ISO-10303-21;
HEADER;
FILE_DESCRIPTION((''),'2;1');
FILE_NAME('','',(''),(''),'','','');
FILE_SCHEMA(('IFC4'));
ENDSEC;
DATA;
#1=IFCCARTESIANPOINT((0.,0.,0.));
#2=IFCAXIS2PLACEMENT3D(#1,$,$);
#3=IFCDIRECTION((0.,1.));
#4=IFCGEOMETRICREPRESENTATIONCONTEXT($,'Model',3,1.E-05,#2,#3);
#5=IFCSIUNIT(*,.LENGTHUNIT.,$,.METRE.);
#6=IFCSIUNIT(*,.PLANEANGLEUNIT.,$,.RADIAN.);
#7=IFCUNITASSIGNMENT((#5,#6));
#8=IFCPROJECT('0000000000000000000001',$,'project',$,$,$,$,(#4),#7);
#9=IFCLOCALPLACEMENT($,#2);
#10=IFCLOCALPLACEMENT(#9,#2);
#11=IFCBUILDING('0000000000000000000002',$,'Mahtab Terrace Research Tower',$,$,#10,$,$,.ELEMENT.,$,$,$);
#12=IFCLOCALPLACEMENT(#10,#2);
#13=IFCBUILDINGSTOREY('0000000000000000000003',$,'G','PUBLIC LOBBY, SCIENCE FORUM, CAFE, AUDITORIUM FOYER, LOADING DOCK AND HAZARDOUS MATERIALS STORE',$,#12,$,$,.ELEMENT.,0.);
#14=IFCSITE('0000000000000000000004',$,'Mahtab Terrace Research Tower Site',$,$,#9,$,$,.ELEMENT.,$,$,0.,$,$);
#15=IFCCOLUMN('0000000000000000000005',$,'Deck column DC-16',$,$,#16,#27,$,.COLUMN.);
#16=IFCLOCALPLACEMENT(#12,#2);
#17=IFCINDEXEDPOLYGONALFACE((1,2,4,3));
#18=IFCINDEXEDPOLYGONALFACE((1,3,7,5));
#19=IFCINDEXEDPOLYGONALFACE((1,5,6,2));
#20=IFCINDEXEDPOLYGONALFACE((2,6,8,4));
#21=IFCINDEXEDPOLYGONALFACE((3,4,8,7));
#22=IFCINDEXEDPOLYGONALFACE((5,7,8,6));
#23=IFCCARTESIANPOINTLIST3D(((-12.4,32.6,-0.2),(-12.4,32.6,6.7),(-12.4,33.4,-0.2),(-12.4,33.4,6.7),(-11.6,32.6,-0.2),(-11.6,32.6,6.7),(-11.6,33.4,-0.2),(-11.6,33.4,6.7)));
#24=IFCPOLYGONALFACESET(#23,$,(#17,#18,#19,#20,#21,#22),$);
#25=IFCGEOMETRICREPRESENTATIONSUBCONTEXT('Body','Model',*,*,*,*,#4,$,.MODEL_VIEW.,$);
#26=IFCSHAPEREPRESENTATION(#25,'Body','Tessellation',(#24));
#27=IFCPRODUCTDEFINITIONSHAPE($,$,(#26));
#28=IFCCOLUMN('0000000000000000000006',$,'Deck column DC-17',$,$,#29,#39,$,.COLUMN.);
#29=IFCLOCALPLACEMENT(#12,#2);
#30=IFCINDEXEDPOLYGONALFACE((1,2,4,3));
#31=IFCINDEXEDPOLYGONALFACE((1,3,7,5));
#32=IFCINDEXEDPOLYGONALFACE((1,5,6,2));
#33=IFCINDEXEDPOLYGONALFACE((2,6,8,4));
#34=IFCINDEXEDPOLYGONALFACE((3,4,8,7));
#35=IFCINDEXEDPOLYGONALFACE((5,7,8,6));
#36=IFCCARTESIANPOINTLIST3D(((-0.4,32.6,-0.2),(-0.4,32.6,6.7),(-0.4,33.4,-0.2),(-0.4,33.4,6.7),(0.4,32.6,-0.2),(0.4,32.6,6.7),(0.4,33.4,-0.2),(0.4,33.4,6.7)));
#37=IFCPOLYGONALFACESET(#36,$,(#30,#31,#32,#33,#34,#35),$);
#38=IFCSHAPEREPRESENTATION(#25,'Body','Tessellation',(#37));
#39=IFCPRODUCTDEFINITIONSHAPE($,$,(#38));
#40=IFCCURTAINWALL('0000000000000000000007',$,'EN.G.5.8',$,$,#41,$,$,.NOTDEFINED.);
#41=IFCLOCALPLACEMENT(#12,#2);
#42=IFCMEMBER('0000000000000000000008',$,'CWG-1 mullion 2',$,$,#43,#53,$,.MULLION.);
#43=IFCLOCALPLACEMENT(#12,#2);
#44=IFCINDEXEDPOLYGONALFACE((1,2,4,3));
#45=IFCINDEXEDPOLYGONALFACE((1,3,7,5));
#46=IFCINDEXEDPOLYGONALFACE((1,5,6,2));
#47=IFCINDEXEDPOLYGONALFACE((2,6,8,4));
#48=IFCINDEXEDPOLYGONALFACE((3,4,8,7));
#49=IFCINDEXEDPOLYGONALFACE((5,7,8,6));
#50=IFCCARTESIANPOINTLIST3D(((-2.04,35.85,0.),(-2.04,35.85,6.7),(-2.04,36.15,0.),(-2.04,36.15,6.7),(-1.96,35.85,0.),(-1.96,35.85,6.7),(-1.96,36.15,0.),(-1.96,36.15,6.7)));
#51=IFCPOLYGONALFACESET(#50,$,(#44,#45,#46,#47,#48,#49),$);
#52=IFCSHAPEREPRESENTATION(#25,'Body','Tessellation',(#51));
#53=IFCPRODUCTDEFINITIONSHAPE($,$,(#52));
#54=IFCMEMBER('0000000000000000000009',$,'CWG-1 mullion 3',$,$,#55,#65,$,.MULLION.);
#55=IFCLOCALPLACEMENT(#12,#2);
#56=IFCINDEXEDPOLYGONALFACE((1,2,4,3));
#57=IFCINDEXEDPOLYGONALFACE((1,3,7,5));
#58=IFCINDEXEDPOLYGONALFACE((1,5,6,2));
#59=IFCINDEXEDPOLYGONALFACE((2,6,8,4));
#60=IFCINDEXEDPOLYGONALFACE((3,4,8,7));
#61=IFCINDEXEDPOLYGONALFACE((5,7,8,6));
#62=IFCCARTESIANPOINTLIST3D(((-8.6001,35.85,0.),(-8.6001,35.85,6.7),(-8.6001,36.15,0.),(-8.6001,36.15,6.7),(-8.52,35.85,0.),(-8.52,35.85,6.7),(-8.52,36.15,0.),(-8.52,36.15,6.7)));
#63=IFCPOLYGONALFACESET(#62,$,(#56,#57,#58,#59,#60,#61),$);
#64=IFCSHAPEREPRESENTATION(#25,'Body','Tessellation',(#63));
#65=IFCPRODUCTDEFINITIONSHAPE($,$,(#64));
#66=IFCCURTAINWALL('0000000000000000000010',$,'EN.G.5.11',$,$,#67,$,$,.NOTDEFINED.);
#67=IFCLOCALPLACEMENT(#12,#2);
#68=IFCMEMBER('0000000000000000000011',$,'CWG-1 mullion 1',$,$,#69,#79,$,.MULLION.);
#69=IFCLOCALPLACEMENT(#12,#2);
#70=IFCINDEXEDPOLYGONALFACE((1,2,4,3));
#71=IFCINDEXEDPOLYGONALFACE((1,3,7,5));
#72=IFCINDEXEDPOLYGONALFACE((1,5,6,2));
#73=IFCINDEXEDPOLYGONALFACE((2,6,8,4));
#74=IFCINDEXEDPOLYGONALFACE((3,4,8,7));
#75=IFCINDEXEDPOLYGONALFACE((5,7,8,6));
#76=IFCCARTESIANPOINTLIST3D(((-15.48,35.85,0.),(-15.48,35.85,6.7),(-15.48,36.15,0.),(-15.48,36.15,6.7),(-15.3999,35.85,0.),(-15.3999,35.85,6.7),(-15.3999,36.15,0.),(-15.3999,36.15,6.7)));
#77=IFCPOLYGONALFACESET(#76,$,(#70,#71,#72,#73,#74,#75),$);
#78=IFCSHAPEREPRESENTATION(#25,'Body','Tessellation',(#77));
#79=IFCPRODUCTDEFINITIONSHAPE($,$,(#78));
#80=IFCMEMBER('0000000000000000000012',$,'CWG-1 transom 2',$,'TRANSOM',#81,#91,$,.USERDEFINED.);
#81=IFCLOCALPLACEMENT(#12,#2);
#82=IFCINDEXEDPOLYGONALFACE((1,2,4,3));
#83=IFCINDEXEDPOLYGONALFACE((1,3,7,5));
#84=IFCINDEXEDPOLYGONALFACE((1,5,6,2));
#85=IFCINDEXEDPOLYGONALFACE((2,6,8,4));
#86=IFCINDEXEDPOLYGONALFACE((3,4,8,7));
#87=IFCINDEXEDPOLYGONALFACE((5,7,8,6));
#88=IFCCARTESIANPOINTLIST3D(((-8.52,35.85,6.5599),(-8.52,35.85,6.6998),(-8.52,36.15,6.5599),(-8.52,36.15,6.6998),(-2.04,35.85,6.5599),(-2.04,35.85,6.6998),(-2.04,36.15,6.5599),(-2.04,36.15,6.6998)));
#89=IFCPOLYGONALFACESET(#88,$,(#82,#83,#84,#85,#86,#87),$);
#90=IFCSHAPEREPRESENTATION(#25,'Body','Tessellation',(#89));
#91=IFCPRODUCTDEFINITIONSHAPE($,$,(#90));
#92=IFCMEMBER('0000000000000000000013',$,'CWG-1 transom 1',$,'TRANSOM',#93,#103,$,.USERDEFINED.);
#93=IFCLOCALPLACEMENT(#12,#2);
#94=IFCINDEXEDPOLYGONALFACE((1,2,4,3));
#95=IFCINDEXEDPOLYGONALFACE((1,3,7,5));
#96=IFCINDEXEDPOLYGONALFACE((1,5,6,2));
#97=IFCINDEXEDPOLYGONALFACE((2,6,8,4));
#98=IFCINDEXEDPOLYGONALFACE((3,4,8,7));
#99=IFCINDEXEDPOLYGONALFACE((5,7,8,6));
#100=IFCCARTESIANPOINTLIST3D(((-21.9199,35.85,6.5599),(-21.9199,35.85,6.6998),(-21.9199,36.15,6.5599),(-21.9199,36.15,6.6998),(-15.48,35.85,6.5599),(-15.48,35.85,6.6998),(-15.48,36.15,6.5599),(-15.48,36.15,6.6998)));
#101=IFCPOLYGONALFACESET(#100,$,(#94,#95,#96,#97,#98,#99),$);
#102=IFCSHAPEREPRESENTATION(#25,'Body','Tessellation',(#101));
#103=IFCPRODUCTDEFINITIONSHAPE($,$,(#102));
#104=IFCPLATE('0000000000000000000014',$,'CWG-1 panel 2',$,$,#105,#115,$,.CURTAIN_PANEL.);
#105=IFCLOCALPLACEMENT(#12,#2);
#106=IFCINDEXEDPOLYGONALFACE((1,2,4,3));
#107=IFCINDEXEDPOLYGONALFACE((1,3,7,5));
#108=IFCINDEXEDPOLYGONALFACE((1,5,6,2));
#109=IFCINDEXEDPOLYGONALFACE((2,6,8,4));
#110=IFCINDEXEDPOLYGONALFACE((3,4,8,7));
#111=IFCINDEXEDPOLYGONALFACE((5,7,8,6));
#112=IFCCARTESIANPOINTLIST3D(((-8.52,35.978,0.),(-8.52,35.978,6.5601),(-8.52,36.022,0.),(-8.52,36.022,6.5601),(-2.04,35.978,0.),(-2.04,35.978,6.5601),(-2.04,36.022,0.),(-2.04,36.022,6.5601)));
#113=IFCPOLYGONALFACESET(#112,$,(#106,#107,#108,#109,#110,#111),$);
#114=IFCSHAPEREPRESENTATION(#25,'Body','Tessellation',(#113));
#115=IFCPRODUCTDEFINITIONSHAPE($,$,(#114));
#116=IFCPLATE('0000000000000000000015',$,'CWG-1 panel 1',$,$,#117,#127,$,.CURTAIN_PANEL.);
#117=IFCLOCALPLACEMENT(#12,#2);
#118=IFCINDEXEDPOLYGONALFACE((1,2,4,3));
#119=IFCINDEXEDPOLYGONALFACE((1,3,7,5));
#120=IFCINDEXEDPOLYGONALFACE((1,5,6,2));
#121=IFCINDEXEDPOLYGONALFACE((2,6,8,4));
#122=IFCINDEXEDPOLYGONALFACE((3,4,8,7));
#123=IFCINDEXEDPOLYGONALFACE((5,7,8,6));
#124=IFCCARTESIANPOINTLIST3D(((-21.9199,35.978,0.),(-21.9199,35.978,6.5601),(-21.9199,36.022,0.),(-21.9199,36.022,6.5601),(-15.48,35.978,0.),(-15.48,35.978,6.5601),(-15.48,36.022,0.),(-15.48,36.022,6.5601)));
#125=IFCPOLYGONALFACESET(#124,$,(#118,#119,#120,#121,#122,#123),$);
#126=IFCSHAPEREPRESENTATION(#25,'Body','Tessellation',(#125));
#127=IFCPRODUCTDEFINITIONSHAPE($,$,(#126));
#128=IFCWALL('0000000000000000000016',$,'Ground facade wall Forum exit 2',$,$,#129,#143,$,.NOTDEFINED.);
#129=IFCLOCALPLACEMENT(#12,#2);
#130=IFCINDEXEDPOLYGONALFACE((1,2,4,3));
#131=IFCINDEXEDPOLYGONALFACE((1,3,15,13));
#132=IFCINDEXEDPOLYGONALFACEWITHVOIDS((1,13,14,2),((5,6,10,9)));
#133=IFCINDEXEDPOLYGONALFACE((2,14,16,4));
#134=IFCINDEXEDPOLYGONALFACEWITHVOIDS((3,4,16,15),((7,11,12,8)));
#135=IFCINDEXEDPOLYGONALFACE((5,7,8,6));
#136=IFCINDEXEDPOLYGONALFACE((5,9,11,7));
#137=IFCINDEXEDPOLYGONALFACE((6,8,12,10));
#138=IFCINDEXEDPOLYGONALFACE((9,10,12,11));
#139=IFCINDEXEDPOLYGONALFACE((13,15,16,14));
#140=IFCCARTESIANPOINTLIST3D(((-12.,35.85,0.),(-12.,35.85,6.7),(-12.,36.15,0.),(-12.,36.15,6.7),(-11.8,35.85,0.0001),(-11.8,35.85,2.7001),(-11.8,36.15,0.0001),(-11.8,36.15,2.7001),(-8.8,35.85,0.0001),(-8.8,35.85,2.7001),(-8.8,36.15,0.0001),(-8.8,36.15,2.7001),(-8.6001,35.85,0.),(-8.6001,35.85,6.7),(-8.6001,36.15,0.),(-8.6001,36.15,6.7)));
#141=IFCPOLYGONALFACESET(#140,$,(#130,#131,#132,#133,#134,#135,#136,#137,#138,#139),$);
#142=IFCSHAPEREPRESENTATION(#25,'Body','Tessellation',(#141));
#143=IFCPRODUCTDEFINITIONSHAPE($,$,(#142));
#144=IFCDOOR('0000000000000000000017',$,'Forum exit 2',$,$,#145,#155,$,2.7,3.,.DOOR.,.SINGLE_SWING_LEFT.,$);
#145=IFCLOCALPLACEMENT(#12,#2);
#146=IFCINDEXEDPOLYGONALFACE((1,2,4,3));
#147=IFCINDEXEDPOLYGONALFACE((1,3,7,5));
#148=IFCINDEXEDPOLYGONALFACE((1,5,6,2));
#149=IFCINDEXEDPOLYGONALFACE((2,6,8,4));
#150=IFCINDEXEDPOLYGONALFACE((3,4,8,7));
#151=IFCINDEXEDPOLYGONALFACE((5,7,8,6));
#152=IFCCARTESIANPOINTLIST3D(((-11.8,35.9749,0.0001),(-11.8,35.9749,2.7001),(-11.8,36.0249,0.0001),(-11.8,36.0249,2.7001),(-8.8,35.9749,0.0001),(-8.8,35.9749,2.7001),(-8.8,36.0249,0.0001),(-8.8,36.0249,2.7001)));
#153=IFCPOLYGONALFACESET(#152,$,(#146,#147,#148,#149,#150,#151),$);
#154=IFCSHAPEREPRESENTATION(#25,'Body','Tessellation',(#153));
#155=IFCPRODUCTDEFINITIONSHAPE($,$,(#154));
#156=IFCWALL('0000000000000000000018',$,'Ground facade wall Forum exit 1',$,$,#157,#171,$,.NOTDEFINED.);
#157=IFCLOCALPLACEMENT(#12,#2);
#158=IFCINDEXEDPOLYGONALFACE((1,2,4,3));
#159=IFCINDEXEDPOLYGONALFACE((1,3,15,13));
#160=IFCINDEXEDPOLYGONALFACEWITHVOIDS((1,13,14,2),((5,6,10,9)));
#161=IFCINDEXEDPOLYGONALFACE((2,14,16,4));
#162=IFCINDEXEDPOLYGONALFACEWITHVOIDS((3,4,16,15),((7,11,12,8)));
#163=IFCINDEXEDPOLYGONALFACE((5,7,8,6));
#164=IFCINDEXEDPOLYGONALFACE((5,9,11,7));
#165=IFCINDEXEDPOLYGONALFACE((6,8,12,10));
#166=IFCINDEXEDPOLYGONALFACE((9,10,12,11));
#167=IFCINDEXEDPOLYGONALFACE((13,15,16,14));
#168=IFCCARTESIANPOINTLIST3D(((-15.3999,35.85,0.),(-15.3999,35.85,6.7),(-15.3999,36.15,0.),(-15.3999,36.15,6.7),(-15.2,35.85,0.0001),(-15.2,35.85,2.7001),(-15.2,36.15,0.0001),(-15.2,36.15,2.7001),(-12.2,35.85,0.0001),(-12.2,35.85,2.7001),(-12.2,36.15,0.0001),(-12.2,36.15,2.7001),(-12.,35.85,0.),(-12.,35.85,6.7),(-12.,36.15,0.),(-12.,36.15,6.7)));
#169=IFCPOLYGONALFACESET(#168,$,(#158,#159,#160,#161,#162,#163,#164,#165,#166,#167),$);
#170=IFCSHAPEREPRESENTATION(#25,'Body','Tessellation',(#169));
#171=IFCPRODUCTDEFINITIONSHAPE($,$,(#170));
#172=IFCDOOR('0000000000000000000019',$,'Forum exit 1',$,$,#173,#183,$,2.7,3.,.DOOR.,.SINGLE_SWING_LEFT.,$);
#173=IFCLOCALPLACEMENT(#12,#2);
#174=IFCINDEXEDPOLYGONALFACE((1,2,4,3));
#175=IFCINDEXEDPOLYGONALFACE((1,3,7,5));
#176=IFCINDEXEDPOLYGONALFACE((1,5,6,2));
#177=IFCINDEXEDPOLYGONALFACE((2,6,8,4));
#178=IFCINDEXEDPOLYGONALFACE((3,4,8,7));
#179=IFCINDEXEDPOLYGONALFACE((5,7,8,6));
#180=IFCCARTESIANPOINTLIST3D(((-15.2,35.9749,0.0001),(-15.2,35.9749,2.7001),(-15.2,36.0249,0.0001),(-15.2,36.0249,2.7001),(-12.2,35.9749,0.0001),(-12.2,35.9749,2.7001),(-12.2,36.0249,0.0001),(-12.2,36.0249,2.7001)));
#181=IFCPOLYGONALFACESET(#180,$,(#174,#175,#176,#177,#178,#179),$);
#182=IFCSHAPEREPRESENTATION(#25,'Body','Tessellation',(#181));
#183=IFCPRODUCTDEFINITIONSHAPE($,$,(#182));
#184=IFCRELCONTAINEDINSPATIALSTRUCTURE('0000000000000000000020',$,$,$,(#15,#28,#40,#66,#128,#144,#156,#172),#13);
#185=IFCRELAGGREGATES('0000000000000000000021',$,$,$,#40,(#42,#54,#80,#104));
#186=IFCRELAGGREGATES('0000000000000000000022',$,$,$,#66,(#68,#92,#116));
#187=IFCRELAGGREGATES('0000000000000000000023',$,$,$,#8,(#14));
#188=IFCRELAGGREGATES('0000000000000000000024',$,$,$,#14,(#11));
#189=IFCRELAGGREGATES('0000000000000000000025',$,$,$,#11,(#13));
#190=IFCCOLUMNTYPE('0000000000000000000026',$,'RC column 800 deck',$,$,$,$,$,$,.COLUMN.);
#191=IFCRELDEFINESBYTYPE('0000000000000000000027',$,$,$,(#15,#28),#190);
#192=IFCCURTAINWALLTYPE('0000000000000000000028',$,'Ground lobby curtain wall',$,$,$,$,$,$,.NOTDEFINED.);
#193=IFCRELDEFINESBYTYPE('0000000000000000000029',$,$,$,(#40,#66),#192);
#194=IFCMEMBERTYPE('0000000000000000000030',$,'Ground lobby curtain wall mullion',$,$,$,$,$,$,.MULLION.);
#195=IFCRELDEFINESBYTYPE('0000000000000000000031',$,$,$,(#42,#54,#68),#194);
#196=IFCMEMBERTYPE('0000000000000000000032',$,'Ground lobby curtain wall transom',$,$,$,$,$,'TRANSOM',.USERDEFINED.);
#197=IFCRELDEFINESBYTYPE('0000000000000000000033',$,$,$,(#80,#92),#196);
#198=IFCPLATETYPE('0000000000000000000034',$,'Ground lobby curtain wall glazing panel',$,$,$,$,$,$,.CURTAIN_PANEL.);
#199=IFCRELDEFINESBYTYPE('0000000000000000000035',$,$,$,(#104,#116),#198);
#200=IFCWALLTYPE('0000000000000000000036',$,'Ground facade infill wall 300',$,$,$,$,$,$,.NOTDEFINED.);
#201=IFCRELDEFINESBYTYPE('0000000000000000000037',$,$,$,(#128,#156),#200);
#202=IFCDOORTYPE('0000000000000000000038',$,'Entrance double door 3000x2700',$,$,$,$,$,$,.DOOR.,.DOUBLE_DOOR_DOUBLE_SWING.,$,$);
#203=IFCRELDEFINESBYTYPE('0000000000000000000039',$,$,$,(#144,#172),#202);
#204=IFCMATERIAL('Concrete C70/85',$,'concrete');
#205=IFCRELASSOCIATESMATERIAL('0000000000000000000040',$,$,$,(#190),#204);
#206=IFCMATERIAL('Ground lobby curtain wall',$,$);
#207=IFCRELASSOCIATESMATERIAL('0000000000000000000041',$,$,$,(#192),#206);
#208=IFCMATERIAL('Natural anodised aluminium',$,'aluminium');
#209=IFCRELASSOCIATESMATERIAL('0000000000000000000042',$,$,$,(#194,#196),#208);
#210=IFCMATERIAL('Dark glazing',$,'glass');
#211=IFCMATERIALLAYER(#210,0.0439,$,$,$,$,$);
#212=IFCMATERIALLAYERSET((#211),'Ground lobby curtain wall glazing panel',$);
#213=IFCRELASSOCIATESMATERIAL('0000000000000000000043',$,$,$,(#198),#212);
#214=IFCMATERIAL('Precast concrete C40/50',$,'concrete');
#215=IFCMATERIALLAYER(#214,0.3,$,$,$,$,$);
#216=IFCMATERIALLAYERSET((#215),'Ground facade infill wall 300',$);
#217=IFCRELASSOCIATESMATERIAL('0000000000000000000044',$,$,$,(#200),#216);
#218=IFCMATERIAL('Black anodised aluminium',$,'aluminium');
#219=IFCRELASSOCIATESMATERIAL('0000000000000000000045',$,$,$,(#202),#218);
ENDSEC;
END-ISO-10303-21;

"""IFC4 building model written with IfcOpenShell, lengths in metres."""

from ifc_helpers import new_model, si_unit, direction, frame, frame_2d, origin, origin_2d, place, context, subcontext, project, spatial, rectangle, extrude, material, layer, layer_set, material_profile, profile_set, type_object, element, fill, aggregate, save


model = new_model("IFC4")

# Units and contexts
model_context = context("Model", 3, precision=1e-05, world=origin(), true_north=direction((0.0, 1.0)))
body_context = subcontext(model_context, "Body", "Model", "MODEL_VIEW")
ifc_project = project(units=[si_unit("LENGTHUNIT", "METRE"), si_unit("PLANEANGLEUNIT", "RADIAN")], contexts=[model_context])

# Site, building, storey
site_placement = place(None, origin())
site = spatial("IfcSite", under=ifc_project, at=site_placement, Name="Mahtab Terrace Research Tower Site", CompositionType="ELEMENT", RefElevation=0.0)
building_placement = place(site_placement, origin())
building = spatial("IfcBuilding", under=site, at=building_placement, Name="Mahtab Terrace Research Tower", CompositionType="ELEMENT")
storey_placement = place(building_placement, origin())
storey = spatial("IfcBuildingStorey", under=building, at=storey_placement, Name="G", Description="PUBLIC LOBBY, SCIENCE FORUM, CAFE, AUDITORIUM FOYER, LOADING DOCK AND HAZARDOUS MATERIALS STORE", CompositionType="ELEMENT", Elevation=0.0)

# Columns
ifc_material_1 = material(Name="Concrete C70/85", Category="concrete")
ifc_material_profile_1 = material_profile(ifc_material_1, rectangle(XDim=0.8, YDim=0.8, at=origin_2d()), Name="RC column 800 deck")
ifc_profile_set_1 = profile_set([ifc_material_profile_1], Name="Concrete C70/85")
column_type = type_object("IfcColumnType", Name="RC column 800 deck", PredefinedType="COLUMN", material=ifc_profile_set_1)
for number, where, z_axis, x_axis, name in (
    (1, (-12.0, 33.0, -0.2), (0.0, 0.0, 1.0), (1.0, 0.0, 0.0), "Deck column DC-16"),
    (2, (0.0, 33.0, -0.2), (0.0, 0.0, 1.0), (1.0, 0.0, 0.0), "Deck column DC-17"),
):
    element("IfcColumn", number, at=place(storey_placement, frame(where, z_axis=z_axis, x_axis=x_axis)), inside=storey, type_object=column_type, Name=name, PredefinedType="COLUMN", context=body_context, shape_type="SweptSolid", body=[
        extrude(rectangle(XDim=0.8, YDim=0.8, at=origin_2d()), origin(), (0.0, 0.0, 1.0), 6.8999),
    ])

# Curtain wall, members
ifc_material_2 = material(Name="Ground lobby curtain wall")
curtain_wall_type = type_object("IfcCurtainWallType", Name="Ground lobby curtain wall", PredefinedType="NOTDEFINED", material=ifc_material_2)
curtain_wall_1_placement = place(storey_placement, origin())
curtain_wall_1 = element("IfcCurtainWall", 3, at=curtain_wall_1_placement, inside=storey, type_object=curtain_wall_type, Name="EN.G.5.8", PredefinedType="NOTDEFINED")
ifc_material_3 = material(Name="Natural anodised aluminium", Category="aluminium")
ifc_material_profile_2 = material_profile(ifc_material_3, rectangle(XDim=0.3, YDim=0.0801, at=origin_2d()), Name="MULLION 80x300")
ifc_profile_set_2 = profile_set([ifc_material_profile_2], Name="Natural anodised aluminium")
member_type_1 = type_object("IfcMemberType", Name="Ground lobby curtain wall mullion", PredefinedType="MULLION", material=ifc_profile_set_2)
member_1_placement = place(storey_placement, frame((-2.0, 36.0, 0.0), z_axis=(0.0, 0.0, 1.0), x_axis=(0.0, -1.0, 0.0)))
member_1 = element("IfcMember", 4, at=member_1_placement, type_object=member_type_1, Name="CWG-1 mullion 2", PredefinedType="MULLION", context=body_context, shape_type="SweptSolid", body=[
    extrude(rectangle(XDim=0.3, YDim=0.0801, at=origin_2d()), origin(), (0.0, 0.0, 1.0), 6.7),
])
member_2_placement = place(storey_placement, frame((-8.5601, 36.0, 0.0), z_axis=(0.0, 0.0, 1.0), x_axis=(0.0, -1.0, 0.0)))
member_2 = element("IfcMember", 5, at=member_2_placement, type_object=member_type_1, Name="CWG-1 mullion 3", PredefinedType="MULLION", context=body_context, shape_type="SweptSolid", body=[
    extrude(rectangle(XDim=0.3, YDim=0.0801, at=origin_2d()), origin(), (0.0, 0.0, 1.0), 6.7),
])

# Curtain wall, member
curtain_wall_2_placement = place(storey_placement, origin())
curtain_wall_2 = element("IfcCurtainWall", 6, at=curtain_wall_2_placement, inside=storey, type_object=curtain_wall_type, Name="EN.G.5.11", PredefinedType="NOTDEFINED")
member_3_placement = place(storey_placement, frame((-15.4399, 36.0, 0.0), z_axis=(0.0, 0.0, 1.0), x_axis=(0.0, -1.0, 0.0)))
member_3 = element("IfcMember", 7, at=member_3_placement, type_object=member_type_1, Name="CWG-1 mullion 1", PredefinedType="MULLION", context=body_context, shape_type="SweptSolid", body=[
    extrude(rectangle(XDim=0.3, YDim=0.0801, at=origin_2d()), origin(), (0.0, 0.0, 1.0), 6.7),
])

# Members
ifc_material_profile_3 = material_profile(ifc_material_3, rectangle(XDim=0.3, YDim=0.1399, at=origin_2d()), Name="TRANSOM 140x300")
ifc_profile_set_3 = profile_set([ifc_material_profile_3], Name="Natural anodised aluminium")
member_type_2 = type_object("IfcMemberType", Name="Ground lobby curtain wall transom", ElementType="TRANSOM", PredefinedType="USERDEFINED", material=ifc_profile_set_3)
member_4_placement = place(storey_placement, frame((-2.04, 36.0, 6.6299), z_axis=(-1.0, 0.0, 0.0), x_axis=(0.0, -1.0, 0.0)))
member_4 = element("IfcMember", 8, at=member_4_placement, type_object=member_type_2, Name="CWG-1 transom 2", ObjectType="TRANSOM", PredefinedType="USERDEFINED", context=body_context, shape_type="SweptSolid", body=[
    extrude(rectangle(XDim=0.3, YDim=0.1399, at=origin_2d()), origin(), (0.0, 0.0, 1.0), 6.48),
])
member_5_placement = place(storey_placement, frame((-15.48, 36.0, 6.6299), z_axis=(-1.0, 0.0, 0.0), x_axis=(0.0, -1.0, 0.0)))
member_5 = element("IfcMember", 9, at=member_5_placement, type_object=member_type_2, Name="CWG-1 transom 1", ObjectType="TRANSOM", PredefinedType="USERDEFINED", context=body_context, shape_type="SweptSolid", body=[
    extrude(rectangle(XDim=0.3, YDim=0.1399, at=origin_2d()), origin(), (0.0, 0.0, 1.0), 6.4399),
])

# Plates
ifc_material_4 = material(Name="Dark glazing", Category="glass")
ifc_layer_1 = layer(ifc_material_4, 0.0439)
ifc_layer_set_1 = layer_set([ifc_layer_1], Name="Ground lobby curtain wall glazing panel")
plate_type = type_object("IfcPlateType", Name="Ground lobby curtain wall glazing panel", PredefinedType="CURTAIN_PANEL", material=ifc_layer_set_1)
plate_1_placement = place(storey_placement, frame((-5.28, 36.0, 0.0), z_axis=(0.0, 0.0, 1.0), x_axis=(-1.0, 0.0, 0.0)))
plate_1 = element("IfcPlate", 10, at=plate_1_placement, type_object=plate_type, Name="CWG-1 panel 2", PredefinedType="CURTAIN_PANEL", context=body_context, shape_type="SweptSolid", body=[
    extrude(rectangle(XDim=6.48, YDim=0.0439, at=origin_2d()), origin(), (0.0, 0.0, 1.0), 6.5601),
])
aggregate(curtain_wall_1, [member_1, member_2, member_4, plate_1])
plate_2_placement = place(storey_placement, frame((-18.7, 36.0, 0.0), z_axis=(0.0, 0.0, 1.0), x_axis=(-1.0, 0.0, 0.0)))
plate_2 = element("IfcPlate", 11, at=plate_2_placement, type_object=plate_type, Name="CWG-1 panel 1", PredefinedType="CURTAIN_PANEL", context=body_context, shape_type="SweptSolid", body=[
    extrude(rectangle(XDim=6.4399, YDim=0.0439, at=origin_2d()), origin(), (0.0, 0.0, 1.0), 6.5601),
])
aggregate(curtain_wall_2, [member_3, member_5, plate_2])

# Walls, openings, doors
ifc_material_5 = material(Name="Precast concrete C40/50", Category="concrete")
ifc_layer_2 = layer(ifc_material_5, 0.3)
ifc_layer_set_2 = layer_set([ifc_layer_2], Name="Ground facade infill wall 300")
wall_type = type_object("IfcWallType", Name="Ground facade infill wall 300", PredefinedType="NOTDEFINED", material=ifc_layer_set_2)
wall_1_placement = place(storey_placement, frame((-12.0, 36.0, 0.0), z_axis=(0.0, 0.0, 1.0), x_axis=(1.0, 0.0, 0.0)))
wall_1 = element("IfcWall", 12, at=wall_1_placement, inside=storey, type_object=wall_type, Name="Ground facade wall Forum exit 2", PredefinedType="NOTDEFINED", context=body_context, shape_type="SweptSolid", body=[
    extrude(rectangle(XDim=3.3999, YDim=0.3, at=frame_2d((1.7, 0.0))), origin(), (0.0, 0.0, 1.0), 6.7),
])
opening_1_placement = place(wall_1_placement, frame((0.2, 0.0, 0.0)))
opening_1 = element("IfcOpeningElement", 13, at=opening_1_placement, cuts=wall_1, PredefinedType="OPENING", context=body_context, shape_type="SweptSolid", body=[
    extrude(rectangle(XDim=3.0, YDim=2.7, at=frame_2d((1.5, 1.3501))), frame((0.0, 0.1599, 0.0), z_axis=(0.0, -1.0, 0.0), x_axis=(1.0, 0.0, 0.0)), (0.0, 0.0, 1.0), 0.3201),
])
ifc_material_6 = material(Name="Black anodised aluminium", Category="aluminium")
door_type = type_object("IfcDoorType", Name="Entrance double door 3000x2700", OperationType="DOUBLE_DOOR_DOUBLE_SWING", PredefinedType="DOOR", material=ifc_material_6)
door_1_placement = place(opening_1_placement, origin())
door_1 = element("IfcDoor", 14, at=door_1_placement, inside=storey, type_object=door_type, Name="Forum exit 2", OperationType="SINGLE_SWING_LEFT", OverallHeight=2.7, OverallWidth=3.0, PredefinedType="DOOR", context=body_context, shape_type="SweptSolid", body=[
    extrude(rectangle(XDim=3.0, YDim=2.7, at=frame_2d((1.5, 1.3501))), frame((0.0, 0.0249, 0.0), z_axis=(0.0, -1.0, 0.0), x_axis=(1.0, 0.0, 0.0)), (0.0, 0.0, 1.0), 0.05),
])
fill(opening_1, door_1)
wall_2_placement = place(storey_placement, frame((-15.3999, 36.0, 0.0), z_axis=(0.0, 0.0, 1.0), x_axis=(1.0, 0.0, 0.0)))
wall_2 = element("IfcWall", 15, at=wall_2_placement, inside=storey, type_object=wall_type, Name="Ground facade wall Forum exit 1", PredefinedType="NOTDEFINED", context=body_context, shape_type="SweptSolid", body=[
    extrude(rectangle(XDim=3.3999, YDim=0.3, at=frame_2d((1.7, 0.0))), origin(), (0.0, 0.0, 1.0), 6.7),
])
opening_2_placement = place(wall_2_placement, frame((0.2, 0.0, 0.0)))
opening_2 = element("IfcOpeningElement", 16, at=opening_2_placement, cuts=wall_2, PredefinedType="OPENING", context=body_context, shape_type="SweptSolid", body=[
    extrude(rectangle(XDim=3.0, YDim=2.7, at=frame_2d((1.5, 1.3501))), frame((0.0, 0.1599, 0.0), z_axis=(0.0, -1.0, 0.0), x_axis=(1.0, 0.0, 0.0)), (0.0, 0.0, 1.0), 0.3201),
])
door_2_placement = place(opening_2_placement, origin())
door_2 = element("IfcDoor", 17, at=door_2_placement, inside=storey, type_object=door_type, Name="Forum exit 1", OperationType="SINGLE_SWING_LEFT", OverallHeight=2.7, OverallWidth=3.0, PredefinedType="DOOR", context=body_context, shape_type="SweptSolid", body=[
    extrude(rectangle(XDim=3.0, YDim=2.7, at=frame_2d((1.5, 1.3501))), frame((0.0, 0.0249, 0.0), z_axis=(0.0, -1.0, 0.0), x_axis=(1.0, 0.0, 0.0)), (0.0, 0.0, 1.0), 0.05),
])
fill(opening_2, door_2)

save(model, "model.ifc")
